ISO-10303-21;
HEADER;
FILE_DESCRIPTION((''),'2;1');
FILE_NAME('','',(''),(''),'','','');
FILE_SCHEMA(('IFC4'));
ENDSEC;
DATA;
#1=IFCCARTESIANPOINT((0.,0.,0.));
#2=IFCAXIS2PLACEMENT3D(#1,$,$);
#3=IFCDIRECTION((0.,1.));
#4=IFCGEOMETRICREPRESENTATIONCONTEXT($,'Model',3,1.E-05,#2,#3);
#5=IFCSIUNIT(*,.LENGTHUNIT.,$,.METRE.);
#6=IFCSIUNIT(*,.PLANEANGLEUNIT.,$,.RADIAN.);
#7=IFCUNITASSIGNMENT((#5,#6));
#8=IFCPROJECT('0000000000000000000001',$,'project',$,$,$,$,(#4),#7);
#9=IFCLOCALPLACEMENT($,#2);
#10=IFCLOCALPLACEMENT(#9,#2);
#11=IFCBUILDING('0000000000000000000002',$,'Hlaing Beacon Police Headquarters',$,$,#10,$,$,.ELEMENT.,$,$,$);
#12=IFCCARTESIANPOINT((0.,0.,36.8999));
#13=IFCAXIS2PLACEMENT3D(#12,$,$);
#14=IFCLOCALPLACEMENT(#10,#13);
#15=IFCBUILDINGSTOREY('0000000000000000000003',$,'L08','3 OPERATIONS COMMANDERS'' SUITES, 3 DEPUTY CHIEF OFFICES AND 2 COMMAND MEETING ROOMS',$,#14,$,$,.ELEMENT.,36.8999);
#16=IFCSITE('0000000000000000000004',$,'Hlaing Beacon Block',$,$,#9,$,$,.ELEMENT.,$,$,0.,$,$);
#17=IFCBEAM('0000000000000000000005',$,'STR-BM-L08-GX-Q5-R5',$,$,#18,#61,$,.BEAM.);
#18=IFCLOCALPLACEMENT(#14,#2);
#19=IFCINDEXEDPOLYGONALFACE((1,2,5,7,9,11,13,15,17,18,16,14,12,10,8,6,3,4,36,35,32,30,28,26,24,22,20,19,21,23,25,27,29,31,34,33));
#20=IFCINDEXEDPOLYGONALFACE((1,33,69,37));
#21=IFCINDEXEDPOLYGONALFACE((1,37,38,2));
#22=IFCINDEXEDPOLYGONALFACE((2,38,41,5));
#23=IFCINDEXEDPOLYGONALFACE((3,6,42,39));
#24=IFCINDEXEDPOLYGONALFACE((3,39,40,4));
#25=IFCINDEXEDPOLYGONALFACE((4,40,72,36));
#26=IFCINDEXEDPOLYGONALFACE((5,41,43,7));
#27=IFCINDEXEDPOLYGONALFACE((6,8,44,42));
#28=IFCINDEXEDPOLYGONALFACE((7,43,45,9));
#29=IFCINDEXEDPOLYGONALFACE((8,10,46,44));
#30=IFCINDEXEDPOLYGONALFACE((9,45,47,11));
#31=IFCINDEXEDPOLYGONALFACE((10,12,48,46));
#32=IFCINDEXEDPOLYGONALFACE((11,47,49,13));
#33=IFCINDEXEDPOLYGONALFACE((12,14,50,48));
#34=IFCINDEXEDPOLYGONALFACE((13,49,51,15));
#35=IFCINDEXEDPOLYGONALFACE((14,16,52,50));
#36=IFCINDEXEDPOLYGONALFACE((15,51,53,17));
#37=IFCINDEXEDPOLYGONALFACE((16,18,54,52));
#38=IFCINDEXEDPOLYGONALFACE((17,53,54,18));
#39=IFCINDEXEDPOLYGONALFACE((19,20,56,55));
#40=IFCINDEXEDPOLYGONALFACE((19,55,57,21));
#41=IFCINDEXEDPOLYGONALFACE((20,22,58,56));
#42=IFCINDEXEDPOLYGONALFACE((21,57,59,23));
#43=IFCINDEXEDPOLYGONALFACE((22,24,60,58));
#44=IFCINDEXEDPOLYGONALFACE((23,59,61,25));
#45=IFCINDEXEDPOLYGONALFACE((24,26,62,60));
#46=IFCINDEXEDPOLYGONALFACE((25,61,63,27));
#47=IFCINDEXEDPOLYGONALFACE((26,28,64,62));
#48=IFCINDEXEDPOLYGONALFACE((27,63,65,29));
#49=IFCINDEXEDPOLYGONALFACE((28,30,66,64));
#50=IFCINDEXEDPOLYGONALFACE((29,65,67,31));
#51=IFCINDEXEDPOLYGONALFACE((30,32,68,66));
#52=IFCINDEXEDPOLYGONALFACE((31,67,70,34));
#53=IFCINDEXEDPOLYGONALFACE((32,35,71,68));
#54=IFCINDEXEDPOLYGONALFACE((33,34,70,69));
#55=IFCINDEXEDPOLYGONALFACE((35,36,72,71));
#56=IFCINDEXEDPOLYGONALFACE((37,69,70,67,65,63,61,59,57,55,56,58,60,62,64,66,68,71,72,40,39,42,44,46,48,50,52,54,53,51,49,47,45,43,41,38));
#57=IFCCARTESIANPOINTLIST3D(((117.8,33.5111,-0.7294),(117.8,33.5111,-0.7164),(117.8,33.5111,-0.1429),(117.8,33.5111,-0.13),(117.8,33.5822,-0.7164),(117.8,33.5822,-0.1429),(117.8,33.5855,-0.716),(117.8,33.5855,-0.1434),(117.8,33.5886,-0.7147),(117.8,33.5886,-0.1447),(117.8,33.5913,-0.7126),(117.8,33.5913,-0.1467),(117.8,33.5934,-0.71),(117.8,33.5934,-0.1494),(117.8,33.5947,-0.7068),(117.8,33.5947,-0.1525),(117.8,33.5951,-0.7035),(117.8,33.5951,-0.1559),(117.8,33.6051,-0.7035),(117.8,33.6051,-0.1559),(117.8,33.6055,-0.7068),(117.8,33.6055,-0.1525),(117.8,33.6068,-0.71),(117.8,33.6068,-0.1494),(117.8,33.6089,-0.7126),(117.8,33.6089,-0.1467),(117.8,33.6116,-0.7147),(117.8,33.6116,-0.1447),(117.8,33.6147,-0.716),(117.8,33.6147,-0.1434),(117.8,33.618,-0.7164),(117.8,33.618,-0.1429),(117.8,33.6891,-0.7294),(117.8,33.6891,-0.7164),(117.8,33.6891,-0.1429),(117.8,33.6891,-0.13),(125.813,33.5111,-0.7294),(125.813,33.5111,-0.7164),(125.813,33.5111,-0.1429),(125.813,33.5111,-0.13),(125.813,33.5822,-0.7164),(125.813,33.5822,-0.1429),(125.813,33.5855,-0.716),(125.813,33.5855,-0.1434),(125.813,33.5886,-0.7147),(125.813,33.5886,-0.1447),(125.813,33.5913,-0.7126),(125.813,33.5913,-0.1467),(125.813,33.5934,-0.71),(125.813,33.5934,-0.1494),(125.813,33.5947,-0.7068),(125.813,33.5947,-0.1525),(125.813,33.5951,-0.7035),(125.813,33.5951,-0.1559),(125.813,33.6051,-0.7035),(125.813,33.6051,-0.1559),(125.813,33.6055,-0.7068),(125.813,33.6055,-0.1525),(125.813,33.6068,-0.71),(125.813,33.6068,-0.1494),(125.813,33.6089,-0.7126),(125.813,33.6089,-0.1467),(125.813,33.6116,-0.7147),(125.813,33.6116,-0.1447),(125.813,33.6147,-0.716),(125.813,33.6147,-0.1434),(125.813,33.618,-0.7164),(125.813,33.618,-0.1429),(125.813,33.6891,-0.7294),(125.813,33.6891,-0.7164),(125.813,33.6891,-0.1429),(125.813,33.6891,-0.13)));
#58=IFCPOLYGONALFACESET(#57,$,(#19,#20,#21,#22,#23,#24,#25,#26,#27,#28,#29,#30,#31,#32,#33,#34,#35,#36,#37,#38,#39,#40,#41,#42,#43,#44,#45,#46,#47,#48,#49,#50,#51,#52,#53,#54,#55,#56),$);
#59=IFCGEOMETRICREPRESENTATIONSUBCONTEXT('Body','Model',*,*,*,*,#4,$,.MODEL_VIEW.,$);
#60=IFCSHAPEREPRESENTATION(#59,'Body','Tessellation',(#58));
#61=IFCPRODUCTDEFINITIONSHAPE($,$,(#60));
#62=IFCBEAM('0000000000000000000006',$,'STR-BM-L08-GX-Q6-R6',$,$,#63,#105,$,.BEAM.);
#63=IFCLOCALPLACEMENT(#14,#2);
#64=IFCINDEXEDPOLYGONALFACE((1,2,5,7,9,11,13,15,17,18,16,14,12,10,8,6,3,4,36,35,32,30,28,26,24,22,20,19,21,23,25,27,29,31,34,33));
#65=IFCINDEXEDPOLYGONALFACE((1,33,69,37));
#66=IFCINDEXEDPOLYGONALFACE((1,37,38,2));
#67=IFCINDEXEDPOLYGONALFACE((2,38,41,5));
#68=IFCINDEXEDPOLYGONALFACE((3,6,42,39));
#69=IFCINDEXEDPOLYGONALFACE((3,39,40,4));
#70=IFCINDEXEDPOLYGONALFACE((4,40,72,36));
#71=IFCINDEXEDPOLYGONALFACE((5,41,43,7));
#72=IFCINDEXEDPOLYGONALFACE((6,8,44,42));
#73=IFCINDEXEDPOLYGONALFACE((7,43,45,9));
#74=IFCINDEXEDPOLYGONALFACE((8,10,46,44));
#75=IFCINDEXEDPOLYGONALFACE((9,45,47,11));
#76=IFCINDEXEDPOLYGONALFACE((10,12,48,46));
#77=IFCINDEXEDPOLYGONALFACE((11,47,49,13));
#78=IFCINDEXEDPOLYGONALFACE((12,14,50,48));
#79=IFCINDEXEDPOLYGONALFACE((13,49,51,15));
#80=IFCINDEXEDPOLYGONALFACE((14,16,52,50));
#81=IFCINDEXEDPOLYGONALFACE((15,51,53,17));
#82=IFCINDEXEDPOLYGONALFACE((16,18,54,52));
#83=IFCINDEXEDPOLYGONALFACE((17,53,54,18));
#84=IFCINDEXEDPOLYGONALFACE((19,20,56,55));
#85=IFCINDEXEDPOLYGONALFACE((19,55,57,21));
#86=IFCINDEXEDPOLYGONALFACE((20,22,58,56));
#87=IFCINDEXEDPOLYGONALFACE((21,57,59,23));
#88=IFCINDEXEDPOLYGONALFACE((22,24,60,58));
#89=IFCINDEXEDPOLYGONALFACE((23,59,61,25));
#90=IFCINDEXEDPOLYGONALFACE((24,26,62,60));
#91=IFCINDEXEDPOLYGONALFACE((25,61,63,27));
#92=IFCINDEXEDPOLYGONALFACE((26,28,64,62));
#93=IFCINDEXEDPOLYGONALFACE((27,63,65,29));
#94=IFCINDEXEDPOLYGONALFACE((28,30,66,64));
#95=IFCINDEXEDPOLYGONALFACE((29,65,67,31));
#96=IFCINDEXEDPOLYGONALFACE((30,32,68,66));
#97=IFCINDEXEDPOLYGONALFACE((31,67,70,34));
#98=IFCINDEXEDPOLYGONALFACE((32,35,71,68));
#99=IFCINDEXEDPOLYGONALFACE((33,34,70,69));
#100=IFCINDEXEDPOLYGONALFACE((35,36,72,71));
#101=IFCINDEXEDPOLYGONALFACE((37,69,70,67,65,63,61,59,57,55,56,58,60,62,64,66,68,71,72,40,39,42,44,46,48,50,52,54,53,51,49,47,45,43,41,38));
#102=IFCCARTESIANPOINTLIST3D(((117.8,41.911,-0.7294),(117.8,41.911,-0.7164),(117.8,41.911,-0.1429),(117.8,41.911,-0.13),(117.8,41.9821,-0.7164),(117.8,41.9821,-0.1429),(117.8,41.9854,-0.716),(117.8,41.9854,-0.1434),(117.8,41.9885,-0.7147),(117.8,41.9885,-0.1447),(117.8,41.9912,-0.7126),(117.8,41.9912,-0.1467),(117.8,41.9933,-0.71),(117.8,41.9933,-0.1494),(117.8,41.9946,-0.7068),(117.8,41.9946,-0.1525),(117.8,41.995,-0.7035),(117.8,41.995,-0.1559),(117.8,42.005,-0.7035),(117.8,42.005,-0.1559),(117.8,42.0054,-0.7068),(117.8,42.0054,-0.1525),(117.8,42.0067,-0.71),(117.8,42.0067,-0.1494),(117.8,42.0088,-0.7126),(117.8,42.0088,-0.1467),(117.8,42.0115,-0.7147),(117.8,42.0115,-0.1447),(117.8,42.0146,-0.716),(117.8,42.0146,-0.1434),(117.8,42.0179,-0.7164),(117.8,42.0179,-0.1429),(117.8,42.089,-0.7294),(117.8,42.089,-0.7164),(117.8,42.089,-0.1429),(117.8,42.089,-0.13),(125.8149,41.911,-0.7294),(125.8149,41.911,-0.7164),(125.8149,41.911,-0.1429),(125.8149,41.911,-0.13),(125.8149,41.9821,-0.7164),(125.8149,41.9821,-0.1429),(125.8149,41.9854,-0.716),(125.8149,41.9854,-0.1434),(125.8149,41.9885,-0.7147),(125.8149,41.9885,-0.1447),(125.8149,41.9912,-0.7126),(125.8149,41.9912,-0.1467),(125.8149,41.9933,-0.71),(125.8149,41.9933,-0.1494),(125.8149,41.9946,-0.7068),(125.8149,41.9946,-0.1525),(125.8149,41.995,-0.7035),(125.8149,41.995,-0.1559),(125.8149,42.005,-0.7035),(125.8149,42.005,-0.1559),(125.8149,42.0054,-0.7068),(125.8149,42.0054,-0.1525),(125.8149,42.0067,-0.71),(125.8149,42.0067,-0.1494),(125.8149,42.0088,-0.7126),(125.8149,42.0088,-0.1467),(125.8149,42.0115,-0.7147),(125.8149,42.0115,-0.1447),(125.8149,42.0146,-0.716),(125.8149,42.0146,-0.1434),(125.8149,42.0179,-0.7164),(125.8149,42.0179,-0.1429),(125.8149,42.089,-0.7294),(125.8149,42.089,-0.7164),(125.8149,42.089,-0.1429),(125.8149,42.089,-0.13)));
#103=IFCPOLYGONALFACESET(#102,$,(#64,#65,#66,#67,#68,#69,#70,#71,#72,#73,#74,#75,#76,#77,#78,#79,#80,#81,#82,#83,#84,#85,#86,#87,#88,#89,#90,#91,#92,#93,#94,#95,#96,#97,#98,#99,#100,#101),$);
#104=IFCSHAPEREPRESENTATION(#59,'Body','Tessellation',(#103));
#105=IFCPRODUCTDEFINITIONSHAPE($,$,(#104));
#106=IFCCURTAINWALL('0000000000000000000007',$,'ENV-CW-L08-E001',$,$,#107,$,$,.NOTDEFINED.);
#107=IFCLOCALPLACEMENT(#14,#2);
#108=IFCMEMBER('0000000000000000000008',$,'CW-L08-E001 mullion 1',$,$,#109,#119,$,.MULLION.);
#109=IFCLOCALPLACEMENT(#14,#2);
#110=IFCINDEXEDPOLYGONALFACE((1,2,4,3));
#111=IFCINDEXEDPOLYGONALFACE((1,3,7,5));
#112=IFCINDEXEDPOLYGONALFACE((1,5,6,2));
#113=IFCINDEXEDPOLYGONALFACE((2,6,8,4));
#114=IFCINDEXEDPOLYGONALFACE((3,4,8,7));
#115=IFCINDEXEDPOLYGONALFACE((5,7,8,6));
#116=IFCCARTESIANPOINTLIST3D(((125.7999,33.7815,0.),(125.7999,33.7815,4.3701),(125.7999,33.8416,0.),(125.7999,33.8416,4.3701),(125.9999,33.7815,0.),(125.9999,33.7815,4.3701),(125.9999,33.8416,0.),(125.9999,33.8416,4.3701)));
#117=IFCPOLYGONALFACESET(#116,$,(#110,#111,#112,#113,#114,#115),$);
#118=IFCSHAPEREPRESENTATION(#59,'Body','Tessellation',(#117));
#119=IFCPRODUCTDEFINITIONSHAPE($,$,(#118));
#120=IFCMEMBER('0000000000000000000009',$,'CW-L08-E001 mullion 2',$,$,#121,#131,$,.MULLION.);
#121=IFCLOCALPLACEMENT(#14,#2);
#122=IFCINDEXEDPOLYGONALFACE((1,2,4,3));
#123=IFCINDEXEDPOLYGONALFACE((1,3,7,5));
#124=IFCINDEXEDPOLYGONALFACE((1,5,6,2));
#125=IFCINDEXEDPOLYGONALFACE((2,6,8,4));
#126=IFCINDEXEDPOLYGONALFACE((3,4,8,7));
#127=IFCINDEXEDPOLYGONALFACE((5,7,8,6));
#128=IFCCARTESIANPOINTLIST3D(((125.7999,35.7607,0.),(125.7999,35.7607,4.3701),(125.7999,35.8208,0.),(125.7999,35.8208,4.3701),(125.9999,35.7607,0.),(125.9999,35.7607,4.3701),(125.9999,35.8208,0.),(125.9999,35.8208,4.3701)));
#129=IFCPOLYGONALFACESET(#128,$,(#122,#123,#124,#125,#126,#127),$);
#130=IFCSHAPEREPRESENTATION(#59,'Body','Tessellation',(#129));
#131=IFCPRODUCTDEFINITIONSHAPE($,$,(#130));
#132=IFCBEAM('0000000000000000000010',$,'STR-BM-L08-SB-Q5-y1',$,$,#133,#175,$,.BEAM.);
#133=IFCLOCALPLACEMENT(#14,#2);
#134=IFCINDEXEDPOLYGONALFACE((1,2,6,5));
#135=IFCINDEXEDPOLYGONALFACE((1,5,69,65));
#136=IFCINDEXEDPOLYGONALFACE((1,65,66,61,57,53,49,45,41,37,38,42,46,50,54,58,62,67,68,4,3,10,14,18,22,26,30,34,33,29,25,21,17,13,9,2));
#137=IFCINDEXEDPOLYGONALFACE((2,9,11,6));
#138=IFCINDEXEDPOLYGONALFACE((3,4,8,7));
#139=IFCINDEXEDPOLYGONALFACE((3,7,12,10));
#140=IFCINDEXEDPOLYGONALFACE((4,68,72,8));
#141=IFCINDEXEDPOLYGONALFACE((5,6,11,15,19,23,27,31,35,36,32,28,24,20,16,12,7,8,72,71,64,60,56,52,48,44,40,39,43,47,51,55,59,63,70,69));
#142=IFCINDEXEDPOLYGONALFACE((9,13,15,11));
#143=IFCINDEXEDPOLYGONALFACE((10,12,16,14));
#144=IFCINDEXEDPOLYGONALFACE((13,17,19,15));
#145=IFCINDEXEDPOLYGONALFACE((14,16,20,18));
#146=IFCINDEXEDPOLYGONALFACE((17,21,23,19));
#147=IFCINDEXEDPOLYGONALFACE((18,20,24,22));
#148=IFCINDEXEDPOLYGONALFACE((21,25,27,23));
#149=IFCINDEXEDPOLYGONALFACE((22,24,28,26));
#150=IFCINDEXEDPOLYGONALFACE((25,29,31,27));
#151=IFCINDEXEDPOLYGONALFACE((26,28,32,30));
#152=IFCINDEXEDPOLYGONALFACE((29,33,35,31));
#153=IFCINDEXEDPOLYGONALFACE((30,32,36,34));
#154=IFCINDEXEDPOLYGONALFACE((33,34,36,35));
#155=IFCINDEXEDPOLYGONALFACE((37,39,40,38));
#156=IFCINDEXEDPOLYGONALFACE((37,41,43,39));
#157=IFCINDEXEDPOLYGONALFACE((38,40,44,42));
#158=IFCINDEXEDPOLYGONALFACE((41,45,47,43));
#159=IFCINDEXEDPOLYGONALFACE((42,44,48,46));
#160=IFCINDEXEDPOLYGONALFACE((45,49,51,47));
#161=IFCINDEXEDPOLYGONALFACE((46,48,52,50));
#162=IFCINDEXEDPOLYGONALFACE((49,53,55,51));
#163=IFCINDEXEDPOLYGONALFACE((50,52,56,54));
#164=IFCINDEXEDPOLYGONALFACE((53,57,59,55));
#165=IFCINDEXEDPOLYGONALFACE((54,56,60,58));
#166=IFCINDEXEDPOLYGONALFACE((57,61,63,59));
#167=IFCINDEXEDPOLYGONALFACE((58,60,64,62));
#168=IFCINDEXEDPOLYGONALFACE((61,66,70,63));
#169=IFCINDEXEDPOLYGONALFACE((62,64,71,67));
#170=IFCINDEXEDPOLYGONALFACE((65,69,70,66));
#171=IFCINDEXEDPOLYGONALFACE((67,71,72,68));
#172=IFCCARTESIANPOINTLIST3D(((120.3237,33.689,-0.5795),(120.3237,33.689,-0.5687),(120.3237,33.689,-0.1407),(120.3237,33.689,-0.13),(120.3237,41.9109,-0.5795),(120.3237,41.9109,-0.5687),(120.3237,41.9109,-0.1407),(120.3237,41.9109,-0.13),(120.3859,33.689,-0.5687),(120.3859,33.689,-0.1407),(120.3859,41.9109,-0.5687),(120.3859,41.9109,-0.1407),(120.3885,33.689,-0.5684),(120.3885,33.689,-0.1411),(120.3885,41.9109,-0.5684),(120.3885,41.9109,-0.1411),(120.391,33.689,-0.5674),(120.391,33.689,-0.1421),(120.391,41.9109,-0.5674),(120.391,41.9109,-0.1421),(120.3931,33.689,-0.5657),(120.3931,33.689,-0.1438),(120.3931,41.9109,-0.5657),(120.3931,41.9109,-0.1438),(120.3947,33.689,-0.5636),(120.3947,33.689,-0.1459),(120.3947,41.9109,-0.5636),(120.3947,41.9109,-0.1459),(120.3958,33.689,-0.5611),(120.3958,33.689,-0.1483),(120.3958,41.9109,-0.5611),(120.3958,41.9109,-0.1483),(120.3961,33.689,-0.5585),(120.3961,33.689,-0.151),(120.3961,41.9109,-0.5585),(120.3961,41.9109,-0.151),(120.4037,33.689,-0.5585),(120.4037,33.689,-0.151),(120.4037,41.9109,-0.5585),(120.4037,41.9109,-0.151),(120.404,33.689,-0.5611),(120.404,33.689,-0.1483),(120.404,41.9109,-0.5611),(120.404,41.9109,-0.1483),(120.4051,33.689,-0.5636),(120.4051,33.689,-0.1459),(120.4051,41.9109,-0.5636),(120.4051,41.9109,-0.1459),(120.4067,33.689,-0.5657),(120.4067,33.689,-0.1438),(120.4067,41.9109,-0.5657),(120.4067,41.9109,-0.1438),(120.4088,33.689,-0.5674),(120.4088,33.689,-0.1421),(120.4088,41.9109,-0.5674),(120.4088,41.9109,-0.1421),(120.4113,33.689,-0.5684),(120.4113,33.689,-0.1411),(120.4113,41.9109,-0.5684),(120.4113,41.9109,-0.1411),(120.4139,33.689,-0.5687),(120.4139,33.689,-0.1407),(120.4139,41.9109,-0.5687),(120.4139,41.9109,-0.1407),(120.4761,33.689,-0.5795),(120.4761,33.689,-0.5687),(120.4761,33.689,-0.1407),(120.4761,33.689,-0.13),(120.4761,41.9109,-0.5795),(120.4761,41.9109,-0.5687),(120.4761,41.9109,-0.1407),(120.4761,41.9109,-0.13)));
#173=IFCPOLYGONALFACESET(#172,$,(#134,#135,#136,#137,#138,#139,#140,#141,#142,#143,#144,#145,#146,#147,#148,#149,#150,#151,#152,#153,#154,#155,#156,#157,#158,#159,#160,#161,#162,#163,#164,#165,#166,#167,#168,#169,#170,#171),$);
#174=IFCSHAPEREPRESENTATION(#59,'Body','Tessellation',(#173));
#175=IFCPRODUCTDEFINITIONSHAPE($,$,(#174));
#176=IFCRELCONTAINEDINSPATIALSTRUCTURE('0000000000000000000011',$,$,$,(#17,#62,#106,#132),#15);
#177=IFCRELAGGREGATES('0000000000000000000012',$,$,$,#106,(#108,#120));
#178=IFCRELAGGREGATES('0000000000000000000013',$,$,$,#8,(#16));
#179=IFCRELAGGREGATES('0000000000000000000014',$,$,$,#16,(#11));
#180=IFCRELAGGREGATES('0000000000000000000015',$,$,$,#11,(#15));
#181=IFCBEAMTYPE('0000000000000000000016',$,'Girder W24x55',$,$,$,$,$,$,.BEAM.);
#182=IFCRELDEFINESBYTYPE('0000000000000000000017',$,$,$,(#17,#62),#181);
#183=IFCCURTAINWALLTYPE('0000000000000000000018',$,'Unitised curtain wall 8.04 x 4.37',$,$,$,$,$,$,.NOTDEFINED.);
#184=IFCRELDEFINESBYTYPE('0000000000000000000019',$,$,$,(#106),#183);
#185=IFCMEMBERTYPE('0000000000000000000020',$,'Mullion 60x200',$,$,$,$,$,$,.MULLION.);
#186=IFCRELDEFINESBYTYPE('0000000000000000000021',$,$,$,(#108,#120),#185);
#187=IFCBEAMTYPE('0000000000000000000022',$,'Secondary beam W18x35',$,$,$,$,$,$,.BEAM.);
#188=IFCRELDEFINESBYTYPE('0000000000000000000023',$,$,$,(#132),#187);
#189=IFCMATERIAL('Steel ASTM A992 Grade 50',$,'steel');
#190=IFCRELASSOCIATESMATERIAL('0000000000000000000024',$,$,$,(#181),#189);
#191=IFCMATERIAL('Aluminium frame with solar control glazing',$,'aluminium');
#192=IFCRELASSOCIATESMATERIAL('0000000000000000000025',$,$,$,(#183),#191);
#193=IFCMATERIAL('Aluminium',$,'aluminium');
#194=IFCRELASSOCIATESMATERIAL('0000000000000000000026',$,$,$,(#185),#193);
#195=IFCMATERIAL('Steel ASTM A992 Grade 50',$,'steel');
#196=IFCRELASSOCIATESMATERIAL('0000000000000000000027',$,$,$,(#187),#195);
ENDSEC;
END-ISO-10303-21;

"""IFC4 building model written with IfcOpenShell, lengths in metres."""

from ifc_helpers import new_model, si_unit, direction, frame, origin, origin_2d, place, context, subcontext, project, spatial, rectangle, i_section, extrude, material, material_profile, profile_set, type_object, element, aggregate, save


model = new_model("IFC4")

# Units and contexts
model_context = context("Model", 3, precision=1e-05, world=origin(), true_north=direction((0.0, 1.0)))
body_context = subcontext(model_context, "Body", "Model", "MODEL_VIEW")
ifc_project = project(units=[si_unit("LENGTHUNIT", "METRE"), si_unit("PLANEANGLEUNIT", "RADIAN")], contexts=[model_context])

# Site, building, storey
site_placement = place(None, origin())
site = spatial("IfcSite", under=ifc_project, at=site_placement, Name="Hlaing Beacon Block", CompositionType="ELEMENT", RefElevation=0.0)
building_placement = place(site_placement, origin())
building = spatial("IfcBuilding", under=site, at=building_placement, Name="Hlaing Beacon Police Headquarters", CompositionType="ELEMENT")
storey_placement = place(building_placement, frame((0.0, 0.0, 36.8999)))
storey = spatial("IfcBuildingStorey", under=building, at=storey_placement, Name="L08", Description="3 OPERATIONS COMMANDERS' SUITES, 3 DEPUTY CHIEF OFFICES AND 2 COMMAND MEETING ROOMS", CompositionType="ELEMENT", Elevation=36.8999)

# Beams
ifc_material_1 = material(Name="Steel ASTM A992 Grade 50", Category="steel")
ifc_material_profile_1 = material_profile(ifc_material_1, i_section(OverallWidth=0.178, OverallDepth=0.5994, WebThickness=0.01, FlangeThickness=0.0129, FilletRadius=0.0129, at=origin_2d()), Name="W24x55")
ifc_profile_set_1 = profile_set([ifc_material_profile_1], Name="Steel ASTM A992 Grade 50")
beam_type_1 = type_object("IfcBeamType", Name="Girder W24x55", PredefinedType="BEAM", material=ifc_profile_set_1)
beam_1_placement = place(storey_placement, frame((117.8, 33.6001, -0.4297), z_axis=(1.0, 0.0, 0.0), x_axis=(0.0, 1.0, 0.0)))
element("IfcBeam", 1, at=beam_1_placement, inside=storey, type_object=beam_type_1, Name="STR-BM-L08-GX-Q5-R5", PredefinedType="BEAM", context=body_context, shape_type="SweptSolid", body=[
    extrude(i_section(OverallWidth=0.178, OverallDepth=0.5994, WebThickness=0.01, FlangeThickness=0.0129, FilletRadius=0.0129, at=origin_2d()), origin(), (0.0, 0.0, 1.0), 8.0129),
])
beam_2_placement = place(storey_placement, frame((117.8, 42.0, -0.4297), z_axis=(1.0, 0.0, 0.0), x_axis=(0.0, 1.0, 0.0)))
element("IfcBeam", 2, at=beam_2_placement, inside=storey, type_object=beam_type_1, Name="STR-BM-L08-GX-Q6-R6", PredefinedType="BEAM", context=body_context, shape_type="SweptSolid", body=[
    extrude(i_section(OverallWidth=0.178, OverallDepth=0.5994, WebThickness=0.01, FlangeThickness=0.0129, FilletRadius=0.0129, at=origin_2d()), origin(), (0.0, 0.0, 1.0), 8.0149),
])

# Curtain wall, members
ifc_material_2 = material(Name="Aluminium frame with solar control glazing", Category="aluminium")
curtain_wall_type = type_object("IfcCurtainWallType", Name="Unitised curtain wall 8.04 x 4.37", PredefinedType="NOTDEFINED", material=ifc_material_2)
curtain_wall_placement = place(storey_placement, origin())
curtain_wall = element("IfcCurtainWall", 3, at=curtain_wall_placement, inside=storey, type_object=curtain_wall_type, Name="ENV-CW-L08-E001", PredefinedType="NOTDEFINED")
ifc_material_3 = material(Name="Aluminium", Category="aluminium")
ifc_material_profile_2 = material_profile(ifc_material_3, rectangle(XDim=0.2, YDim=0.0601, at=origin_2d()), Name="Mullion 60x200")
ifc_profile_set_2 = profile_set([ifc_material_profile_2], Name="Aluminium")
member_type_1 = type_object("IfcMemberType", Name="Mullion 60x200", PredefinedType="MULLION", material=ifc_profile_set_2)
member_1_placement = place(storey_placement, frame((125.8999, 33.8115, 0.0), z_axis=(0.0, 0.0, 1.0), x_axis=(-1.0, 0.0, 0.0)))
member_1 = element("IfcMember", 4, at=member_1_placement, type_object=member_type_1, Name="CW-L08-E001 mullion 1", PredefinedType="MULLION", context=body_context, shape_type="SweptSolid", body=[
    extrude(rectangle(XDim=0.2, YDim=0.0601, at=origin_2d()), origin(), (0.0, 0.0, 1.0), 4.3701),
])
member_2_placement = place(storey_placement, frame((125.8999, 35.7908, 0.0), z_axis=(0.0, 0.0, 1.0), x_axis=(-1.0, 0.0, 0.0)))
member_2 = element("IfcMember", 5, at=member_2_placement, type_object=member_type_1, Name="CW-L08-E001 mullion 2", PredefinedType="MULLION", context=body_context, shape_type="SweptSolid", body=[
    extrude(rectangle(XDim=0.2, YDim=0.0601, at=origin_2d()), origin(), (0.0, 0.0, 1.0), 4.3701),
])

# Beam
ifc_material_4 = material(Name="Steel ASTM A992 Grade 50", Category="steel")
ifc_material_profile_3 = material_profile(ifc_material_4, i_section(OverallWidth=0.1523, OverallDepth=0.4495, WebThickness=0.0076, FlangeThickness=0.0107, FilletRadius=0.0103, at=origin_2d()), Name="W18x35")
ifc_profile_set_3 = profile_set([ifc_material_profile_3], Name="Steel ASTM A992 Grade 50")
beam_type_2 = type_object("IfcBeamType", Name="Secondary beam W18x35", PredefinedType="BEAM", material=ifc_profile_set_3)
for number, where, z_axis, x_axis, name in (
    (6, (120.3999, 33.689, -0.3547), (0.0, 1.0, 0.0), (-1.0, 0.0, 0.0), "STR-BM-L08-SB-Q5-y1"),
):
    element("IfcBeam", number, at=place(storey_placement, frame(where, z_axis=z_axis, x_axis=x_axis)), inside=storey, type_object=beam_type_2, Name=name, PredefinedType="BEAM", context=body_context, shape_type="SweptSolid", body=[
        extrude(i_section(OverallWidth=0.1523, OverallDepth=0.4495, WebThickness=0.0076, FlangeThickness=0.0107, FilletRadius=0.0103, at=origin_2d()), origin(), (0.0, 0.0, 1.0), 8.2219),
    ])

aggregate(curtain_wall, [member_1, member_2])

save(model, "model.ifc")
